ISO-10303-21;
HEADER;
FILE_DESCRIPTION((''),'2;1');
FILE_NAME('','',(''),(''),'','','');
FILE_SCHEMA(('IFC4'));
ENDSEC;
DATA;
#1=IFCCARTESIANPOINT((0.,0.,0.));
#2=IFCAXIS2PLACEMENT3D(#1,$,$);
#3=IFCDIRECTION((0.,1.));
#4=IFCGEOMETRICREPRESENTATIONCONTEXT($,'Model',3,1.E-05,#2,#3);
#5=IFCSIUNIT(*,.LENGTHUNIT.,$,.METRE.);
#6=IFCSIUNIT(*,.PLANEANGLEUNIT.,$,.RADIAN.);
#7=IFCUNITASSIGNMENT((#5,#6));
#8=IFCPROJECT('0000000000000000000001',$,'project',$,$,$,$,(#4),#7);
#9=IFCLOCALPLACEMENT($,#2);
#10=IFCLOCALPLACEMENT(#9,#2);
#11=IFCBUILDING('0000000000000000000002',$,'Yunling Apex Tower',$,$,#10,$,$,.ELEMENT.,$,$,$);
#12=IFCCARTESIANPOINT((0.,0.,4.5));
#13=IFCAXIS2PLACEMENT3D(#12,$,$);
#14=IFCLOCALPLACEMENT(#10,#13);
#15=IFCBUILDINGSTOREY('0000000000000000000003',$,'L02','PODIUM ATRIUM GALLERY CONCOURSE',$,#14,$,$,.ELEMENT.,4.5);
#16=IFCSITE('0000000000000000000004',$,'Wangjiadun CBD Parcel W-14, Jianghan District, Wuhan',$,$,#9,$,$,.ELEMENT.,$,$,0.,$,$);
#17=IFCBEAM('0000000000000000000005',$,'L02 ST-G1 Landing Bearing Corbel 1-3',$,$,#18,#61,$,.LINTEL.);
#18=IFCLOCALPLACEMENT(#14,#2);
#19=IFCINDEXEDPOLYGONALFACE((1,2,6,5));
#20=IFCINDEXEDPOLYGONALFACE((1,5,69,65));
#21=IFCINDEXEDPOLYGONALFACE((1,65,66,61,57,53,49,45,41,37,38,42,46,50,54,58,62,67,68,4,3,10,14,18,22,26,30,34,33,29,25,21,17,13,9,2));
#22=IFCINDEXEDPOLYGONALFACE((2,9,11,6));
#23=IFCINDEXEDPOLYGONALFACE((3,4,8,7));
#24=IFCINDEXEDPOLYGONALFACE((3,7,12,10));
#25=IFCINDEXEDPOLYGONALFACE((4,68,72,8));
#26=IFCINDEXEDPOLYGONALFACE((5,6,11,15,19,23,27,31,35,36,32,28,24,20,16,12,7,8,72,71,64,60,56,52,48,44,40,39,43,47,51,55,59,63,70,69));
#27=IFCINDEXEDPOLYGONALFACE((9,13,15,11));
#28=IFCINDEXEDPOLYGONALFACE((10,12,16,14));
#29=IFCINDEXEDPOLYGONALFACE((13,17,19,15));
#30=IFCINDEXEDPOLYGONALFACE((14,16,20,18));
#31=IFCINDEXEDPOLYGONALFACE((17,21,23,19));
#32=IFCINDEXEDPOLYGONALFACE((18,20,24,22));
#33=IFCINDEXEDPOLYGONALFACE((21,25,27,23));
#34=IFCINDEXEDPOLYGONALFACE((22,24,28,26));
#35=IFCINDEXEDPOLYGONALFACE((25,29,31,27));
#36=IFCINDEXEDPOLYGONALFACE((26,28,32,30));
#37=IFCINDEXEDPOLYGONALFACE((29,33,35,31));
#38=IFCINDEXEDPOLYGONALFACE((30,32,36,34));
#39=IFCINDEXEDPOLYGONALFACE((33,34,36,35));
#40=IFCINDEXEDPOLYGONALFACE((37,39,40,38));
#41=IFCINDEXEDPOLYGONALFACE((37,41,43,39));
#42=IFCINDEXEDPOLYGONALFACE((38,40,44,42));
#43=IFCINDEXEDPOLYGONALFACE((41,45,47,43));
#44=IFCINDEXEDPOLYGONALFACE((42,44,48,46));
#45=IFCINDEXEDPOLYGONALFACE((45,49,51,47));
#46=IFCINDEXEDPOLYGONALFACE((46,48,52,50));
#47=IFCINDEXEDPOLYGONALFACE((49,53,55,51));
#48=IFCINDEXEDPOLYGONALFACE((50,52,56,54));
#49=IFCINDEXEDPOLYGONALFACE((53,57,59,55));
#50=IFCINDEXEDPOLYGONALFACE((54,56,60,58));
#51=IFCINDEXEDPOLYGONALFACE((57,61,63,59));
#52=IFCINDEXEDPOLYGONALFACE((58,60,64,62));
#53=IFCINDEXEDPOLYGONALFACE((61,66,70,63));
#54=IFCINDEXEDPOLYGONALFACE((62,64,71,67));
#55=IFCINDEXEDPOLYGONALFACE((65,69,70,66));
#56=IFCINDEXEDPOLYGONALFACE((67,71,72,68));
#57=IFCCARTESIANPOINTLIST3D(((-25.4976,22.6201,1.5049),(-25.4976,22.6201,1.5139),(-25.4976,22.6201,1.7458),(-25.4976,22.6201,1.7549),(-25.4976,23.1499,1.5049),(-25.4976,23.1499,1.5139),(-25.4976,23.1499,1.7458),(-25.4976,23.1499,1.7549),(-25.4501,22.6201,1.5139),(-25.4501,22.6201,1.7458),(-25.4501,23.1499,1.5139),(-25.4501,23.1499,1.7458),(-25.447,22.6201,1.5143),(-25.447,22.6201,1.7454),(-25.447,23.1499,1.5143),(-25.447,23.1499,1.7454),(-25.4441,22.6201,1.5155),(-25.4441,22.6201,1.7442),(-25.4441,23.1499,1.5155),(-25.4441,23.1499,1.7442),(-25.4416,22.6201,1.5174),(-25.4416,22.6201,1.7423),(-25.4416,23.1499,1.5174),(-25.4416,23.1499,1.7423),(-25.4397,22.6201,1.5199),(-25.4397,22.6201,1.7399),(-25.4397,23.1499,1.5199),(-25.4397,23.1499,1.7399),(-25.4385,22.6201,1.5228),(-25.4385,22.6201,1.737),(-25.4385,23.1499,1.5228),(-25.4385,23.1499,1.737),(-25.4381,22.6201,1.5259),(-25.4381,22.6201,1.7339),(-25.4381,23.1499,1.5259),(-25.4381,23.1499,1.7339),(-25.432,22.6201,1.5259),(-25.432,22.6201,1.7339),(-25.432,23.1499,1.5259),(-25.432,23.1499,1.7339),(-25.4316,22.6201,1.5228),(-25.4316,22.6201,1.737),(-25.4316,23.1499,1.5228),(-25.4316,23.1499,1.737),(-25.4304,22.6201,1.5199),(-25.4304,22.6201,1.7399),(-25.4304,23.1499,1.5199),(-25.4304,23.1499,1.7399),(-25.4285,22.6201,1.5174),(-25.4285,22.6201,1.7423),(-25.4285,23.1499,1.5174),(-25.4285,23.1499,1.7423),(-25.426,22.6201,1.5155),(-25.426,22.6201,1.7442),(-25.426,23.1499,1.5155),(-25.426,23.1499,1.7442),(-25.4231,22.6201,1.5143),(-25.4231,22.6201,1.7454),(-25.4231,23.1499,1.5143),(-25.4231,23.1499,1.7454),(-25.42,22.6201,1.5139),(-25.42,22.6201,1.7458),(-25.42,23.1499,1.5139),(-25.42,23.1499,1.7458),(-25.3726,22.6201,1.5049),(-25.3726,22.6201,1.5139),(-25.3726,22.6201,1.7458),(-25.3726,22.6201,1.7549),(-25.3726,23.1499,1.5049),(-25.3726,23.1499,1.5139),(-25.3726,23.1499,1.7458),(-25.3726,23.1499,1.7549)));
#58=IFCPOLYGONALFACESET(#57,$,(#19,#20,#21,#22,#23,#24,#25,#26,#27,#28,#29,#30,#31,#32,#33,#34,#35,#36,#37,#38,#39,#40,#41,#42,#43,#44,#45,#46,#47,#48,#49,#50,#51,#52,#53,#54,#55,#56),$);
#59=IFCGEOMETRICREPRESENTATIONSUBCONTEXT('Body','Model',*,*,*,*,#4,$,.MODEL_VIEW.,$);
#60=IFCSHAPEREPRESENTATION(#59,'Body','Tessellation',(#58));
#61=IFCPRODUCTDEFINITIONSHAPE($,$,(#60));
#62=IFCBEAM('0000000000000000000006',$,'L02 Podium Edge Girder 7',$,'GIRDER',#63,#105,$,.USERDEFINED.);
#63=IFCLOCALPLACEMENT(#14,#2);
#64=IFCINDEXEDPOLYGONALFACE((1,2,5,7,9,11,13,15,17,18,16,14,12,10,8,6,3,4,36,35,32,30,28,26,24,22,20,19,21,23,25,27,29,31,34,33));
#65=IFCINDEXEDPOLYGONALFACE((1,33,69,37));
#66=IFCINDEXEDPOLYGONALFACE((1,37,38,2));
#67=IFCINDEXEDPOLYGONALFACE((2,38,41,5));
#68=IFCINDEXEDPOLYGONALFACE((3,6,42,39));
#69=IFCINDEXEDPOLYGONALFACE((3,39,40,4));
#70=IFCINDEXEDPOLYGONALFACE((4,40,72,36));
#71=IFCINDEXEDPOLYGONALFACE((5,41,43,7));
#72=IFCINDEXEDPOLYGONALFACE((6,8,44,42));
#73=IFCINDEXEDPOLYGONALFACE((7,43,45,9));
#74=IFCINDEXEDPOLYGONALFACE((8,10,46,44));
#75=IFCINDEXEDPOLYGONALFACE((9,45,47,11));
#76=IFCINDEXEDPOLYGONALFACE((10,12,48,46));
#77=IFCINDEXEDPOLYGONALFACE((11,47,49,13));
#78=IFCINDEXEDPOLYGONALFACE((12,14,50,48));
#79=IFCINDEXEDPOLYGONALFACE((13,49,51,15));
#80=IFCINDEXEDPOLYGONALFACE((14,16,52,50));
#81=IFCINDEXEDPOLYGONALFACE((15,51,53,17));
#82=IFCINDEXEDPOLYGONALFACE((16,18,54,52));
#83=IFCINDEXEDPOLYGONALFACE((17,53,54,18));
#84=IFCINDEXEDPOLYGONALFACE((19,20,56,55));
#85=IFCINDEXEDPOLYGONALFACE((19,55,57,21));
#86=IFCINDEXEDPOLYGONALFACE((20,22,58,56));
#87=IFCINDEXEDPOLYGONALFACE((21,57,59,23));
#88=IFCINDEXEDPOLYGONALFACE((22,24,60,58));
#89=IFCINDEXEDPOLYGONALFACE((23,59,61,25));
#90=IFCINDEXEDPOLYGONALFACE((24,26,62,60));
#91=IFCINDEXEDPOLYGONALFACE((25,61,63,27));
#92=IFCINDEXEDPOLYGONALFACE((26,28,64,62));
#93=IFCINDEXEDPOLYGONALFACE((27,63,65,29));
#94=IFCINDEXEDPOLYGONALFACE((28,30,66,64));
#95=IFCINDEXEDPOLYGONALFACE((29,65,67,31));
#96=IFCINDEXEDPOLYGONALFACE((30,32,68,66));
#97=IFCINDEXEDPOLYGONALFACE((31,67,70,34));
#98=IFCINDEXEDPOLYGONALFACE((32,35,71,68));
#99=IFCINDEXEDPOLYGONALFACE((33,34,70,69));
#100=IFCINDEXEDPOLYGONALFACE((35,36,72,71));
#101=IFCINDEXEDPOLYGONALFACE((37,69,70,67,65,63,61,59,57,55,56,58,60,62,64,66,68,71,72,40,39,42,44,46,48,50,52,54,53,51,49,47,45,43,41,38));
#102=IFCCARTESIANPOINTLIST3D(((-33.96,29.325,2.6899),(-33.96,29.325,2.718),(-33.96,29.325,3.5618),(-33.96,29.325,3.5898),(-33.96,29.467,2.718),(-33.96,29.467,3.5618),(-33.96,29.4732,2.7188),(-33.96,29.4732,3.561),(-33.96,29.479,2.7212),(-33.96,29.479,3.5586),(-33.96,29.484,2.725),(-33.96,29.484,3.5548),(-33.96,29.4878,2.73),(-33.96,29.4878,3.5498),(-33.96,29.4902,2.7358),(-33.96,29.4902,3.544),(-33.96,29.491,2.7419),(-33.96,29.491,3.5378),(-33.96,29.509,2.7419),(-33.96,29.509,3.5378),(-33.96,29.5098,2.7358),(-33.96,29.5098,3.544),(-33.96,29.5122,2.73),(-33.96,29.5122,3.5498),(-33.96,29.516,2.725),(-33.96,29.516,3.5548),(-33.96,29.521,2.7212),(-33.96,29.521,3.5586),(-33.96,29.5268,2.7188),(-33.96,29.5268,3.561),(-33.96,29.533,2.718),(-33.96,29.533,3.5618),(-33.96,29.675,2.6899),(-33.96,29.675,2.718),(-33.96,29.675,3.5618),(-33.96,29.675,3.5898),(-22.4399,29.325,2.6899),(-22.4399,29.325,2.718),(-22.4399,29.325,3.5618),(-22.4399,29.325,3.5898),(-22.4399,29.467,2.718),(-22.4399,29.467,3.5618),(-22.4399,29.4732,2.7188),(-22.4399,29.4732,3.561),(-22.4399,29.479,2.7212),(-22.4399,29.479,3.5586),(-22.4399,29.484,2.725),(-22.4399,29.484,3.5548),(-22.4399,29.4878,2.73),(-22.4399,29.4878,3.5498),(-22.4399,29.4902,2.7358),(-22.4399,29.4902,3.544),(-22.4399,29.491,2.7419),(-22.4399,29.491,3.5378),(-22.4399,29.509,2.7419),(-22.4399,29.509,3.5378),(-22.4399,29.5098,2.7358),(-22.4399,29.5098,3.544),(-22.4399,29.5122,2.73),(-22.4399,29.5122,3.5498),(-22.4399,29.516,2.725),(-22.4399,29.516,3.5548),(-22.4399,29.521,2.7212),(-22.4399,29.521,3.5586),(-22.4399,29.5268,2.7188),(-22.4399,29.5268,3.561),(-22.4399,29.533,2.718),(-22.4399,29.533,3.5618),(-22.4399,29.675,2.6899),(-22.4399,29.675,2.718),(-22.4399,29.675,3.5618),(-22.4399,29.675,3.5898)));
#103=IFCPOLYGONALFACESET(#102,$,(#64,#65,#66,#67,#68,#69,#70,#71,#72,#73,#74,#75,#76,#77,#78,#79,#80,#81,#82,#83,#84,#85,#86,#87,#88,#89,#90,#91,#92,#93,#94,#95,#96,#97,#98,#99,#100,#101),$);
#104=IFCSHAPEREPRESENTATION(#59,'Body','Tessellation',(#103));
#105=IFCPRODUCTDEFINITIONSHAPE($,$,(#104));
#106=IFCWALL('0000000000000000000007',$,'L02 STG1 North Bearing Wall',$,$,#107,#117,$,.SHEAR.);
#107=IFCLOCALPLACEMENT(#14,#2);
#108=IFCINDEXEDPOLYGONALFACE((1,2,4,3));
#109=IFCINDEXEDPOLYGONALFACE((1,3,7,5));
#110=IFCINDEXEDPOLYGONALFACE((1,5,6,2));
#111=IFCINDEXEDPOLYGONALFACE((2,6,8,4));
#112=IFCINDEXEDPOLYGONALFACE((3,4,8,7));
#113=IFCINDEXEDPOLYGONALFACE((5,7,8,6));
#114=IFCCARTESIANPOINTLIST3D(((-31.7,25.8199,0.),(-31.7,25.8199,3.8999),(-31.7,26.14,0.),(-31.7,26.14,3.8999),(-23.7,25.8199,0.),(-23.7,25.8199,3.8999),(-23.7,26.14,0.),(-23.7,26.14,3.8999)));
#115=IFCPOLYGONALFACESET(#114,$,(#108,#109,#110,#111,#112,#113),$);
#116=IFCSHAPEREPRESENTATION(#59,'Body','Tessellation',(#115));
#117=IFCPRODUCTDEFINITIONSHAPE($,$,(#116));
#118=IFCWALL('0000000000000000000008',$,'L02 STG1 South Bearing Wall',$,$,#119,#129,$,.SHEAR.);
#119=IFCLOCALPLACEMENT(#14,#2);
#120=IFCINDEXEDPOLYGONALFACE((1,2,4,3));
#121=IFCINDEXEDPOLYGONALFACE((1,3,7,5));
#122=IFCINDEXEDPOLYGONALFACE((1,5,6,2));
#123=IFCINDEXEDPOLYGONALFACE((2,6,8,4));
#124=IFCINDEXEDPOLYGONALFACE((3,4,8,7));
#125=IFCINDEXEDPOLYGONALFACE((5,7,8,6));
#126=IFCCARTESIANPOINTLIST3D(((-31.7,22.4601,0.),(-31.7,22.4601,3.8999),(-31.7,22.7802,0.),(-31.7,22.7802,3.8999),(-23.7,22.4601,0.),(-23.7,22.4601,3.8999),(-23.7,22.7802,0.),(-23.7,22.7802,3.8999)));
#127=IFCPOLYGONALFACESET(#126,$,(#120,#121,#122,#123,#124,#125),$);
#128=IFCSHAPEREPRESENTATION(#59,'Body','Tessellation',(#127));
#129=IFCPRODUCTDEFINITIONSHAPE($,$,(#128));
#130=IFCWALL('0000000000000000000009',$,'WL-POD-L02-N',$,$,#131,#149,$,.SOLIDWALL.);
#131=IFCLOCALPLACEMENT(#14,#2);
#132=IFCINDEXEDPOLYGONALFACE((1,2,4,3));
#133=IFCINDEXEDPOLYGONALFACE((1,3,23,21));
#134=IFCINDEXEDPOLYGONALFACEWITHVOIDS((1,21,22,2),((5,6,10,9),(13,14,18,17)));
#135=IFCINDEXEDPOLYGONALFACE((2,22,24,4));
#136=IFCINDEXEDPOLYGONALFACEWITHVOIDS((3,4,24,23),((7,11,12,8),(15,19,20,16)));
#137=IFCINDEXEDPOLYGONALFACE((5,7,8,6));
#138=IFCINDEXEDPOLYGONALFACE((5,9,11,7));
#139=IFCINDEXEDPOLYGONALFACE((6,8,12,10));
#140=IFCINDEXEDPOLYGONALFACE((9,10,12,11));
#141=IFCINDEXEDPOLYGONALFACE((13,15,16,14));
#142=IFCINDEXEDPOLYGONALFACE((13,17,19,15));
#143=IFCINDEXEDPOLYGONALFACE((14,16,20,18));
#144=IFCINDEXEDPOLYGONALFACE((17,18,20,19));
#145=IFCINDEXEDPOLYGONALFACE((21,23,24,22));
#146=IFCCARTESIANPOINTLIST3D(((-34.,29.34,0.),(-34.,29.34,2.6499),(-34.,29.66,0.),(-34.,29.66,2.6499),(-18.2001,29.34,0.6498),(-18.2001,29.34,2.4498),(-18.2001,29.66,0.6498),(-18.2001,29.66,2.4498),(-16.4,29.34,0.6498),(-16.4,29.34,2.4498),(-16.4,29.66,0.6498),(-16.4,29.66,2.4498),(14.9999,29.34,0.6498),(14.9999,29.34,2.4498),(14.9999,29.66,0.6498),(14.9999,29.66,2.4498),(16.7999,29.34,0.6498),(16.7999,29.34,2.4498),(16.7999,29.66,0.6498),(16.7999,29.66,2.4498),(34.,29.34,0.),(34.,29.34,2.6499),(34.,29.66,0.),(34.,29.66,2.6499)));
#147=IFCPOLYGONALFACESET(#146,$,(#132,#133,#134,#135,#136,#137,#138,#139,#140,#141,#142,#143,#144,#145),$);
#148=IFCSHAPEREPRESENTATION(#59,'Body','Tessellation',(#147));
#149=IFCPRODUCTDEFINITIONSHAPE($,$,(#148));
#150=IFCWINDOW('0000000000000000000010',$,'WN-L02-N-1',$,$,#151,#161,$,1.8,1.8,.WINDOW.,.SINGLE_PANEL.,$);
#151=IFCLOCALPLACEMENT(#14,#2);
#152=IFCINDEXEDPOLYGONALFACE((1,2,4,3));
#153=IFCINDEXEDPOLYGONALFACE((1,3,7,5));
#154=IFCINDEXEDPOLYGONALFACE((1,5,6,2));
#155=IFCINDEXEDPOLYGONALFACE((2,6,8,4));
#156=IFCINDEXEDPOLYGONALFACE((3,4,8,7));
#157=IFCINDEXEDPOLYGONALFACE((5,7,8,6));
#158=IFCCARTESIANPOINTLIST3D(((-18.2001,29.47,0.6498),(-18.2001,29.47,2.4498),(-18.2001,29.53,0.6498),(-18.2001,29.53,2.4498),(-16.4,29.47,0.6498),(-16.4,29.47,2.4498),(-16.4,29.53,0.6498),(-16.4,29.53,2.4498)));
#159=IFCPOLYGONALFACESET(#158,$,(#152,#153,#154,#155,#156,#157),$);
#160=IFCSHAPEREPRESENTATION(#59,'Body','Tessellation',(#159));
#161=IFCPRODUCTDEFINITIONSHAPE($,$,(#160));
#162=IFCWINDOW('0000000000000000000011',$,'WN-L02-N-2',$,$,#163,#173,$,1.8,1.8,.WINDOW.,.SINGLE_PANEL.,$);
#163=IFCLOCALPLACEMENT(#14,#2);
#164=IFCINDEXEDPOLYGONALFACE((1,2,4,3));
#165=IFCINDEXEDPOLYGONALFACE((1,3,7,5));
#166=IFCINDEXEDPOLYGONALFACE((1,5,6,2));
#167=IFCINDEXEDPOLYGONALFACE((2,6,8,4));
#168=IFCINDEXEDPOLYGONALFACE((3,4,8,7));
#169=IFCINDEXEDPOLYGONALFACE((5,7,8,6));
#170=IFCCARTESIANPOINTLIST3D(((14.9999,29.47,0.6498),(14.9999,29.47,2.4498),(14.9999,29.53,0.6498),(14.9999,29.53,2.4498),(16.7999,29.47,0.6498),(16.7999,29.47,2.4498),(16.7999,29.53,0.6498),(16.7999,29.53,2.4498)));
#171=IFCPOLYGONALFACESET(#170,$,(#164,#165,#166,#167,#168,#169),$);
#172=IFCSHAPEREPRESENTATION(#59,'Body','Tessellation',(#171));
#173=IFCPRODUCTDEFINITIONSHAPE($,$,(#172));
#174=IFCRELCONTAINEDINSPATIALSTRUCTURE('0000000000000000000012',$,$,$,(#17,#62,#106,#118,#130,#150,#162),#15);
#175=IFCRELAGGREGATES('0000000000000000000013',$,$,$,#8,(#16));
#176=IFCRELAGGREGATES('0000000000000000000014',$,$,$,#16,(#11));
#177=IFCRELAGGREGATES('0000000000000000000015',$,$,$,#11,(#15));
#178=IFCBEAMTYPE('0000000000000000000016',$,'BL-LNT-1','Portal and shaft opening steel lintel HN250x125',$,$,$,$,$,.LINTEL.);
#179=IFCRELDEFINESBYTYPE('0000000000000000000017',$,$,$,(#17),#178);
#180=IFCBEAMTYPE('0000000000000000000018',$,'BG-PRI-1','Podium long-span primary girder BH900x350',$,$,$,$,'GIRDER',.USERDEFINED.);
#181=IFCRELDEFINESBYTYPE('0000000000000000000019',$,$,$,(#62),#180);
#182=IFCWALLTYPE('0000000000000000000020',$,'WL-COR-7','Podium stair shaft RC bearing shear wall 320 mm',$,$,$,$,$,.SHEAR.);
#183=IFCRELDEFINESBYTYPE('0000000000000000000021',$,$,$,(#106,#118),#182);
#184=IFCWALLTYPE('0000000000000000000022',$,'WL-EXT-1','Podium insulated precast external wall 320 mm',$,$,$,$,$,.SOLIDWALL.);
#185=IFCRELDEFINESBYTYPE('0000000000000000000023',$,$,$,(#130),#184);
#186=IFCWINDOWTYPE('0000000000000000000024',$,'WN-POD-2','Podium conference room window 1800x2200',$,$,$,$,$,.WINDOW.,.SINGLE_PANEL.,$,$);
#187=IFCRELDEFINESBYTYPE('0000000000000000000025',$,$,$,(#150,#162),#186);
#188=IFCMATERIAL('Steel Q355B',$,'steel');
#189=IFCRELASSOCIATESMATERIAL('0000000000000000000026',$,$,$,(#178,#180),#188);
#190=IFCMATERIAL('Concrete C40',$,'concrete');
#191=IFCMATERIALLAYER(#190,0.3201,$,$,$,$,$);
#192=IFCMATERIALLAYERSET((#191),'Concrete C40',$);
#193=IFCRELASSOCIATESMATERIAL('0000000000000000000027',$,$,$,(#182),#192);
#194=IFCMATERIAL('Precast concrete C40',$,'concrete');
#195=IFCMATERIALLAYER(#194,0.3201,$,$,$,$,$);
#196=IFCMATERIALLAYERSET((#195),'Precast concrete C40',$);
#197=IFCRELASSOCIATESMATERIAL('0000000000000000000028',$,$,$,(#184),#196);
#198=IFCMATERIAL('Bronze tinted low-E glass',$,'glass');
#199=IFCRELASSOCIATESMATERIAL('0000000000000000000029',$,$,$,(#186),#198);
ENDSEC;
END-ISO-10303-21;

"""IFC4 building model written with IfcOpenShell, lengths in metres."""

from ifc_helpers import new_model, si_unit, direction, frame, frame_2d, origin, origin_2d, place, context, subcontext, project, spatial, rectangle, i_section, extrude, source, transform, mapped, material, layer, layer_set, material_profile, profile_set, type_object, element, fill, save


model = new_model("IFC4")

# Units and contexts
model_context = context("Model", 3, precision=1e-05, world=origin(), true_north=direction((0.0, 1.0)))
body_context = subcontext(model_context, "Body", "Model", "MODEL_VIEW")
ifc_project = project(units=[si_unit("LENGTHUNIT", "METRE"), si_unit("PLANEANGLEUNIT", "RADIAN")], contexts=[model_context])

# Site, building, storey
site_placement = place(None, origin())
site = spatial("IfcSite", under=ifc_project, at=site_placement, Name="Wangjiadun CBD Parcel W-14, Jianghan District, Wuhan", CompositionType="ELEMENT", RefElevation=0.0)
building_placement = place(site_placement, origin())
building = spatial("IfcBuilding", under=site, at=building_placement, Name="Yunling Apex Tower", CompositionType="ELEMENT")
storey_placement = place(building_placement, frame((0.0, 0.0, 4.5)))
storey = spatial("IfcBuildingStorey", under=building, at=storey_placement, Name="L02", Description="PODIUM ATRIUM GALLERY CONCOURSE", CompositionType="ELEMENT", Elevation=4.5)

# Beams
ifc_material_1 = material(Name="Steel Q355B", Category="steel")
ifc_material_profile_1 = material_profile(ifc_material_1, i_section(OverallWidth=0.125, OverallDepth=0.25, WebThickness=0.0061, FlangeThickness=0.009, FilletRadius=0.012, at=origin_2d()))
ifc_profile_set_1 = profile_set([ifc_material_profile_1], Name="Steel Q355B")
beam_type_1 = type_object("IfcBeamType", Name="BL-LNT-1", Description="Portal and shaft opening steel lintel HN250x125", PredefinedType="LINTEL", material=ifc_profile_set_1)
shared_shape_1 = source(origin(), body_context, "Body", "SweptSolid", [
    extrude(i_section(OverallWidth=0.125, OverallDepth=0.25, WebThickness=0.0061, FlangeThickness=0.009, FilletRadius=0.012, at=origin_2d()), origin(), (0.0, 0.0, 1.0), 0.5298),
])
beam_1_placement = place(storey_placement, frame((-25.4351, 22.6201, 1.6299), z_axis=(0.0, 1.0, 0.0), x_axis=(-1.0, 0.0, 0.0)))
element("IfcBeam", 1, at=beam_1_placement, inside=storey, type_object=beam_type_1, Name="L02 ST-G1 Landing Bearing Corbel 1-3", PredefinedType="LINTEL", context=body_context, shape_type="MappedRepresentation", body=[
    mapped(shared_shape_1, transform((0.0, 0.0, 0.0), scale=1.0)),
])
ifc_material_profile_2 = material_profile(ifc_material_1, i_section(OverallWidth=0.3501, OverallDepth=0.8999, WebThickness=0.0181, FlangeThickness=0.0281, FilletRadius=0.0239, at=origin_2d()))
ifc_profile_set_2 = profile_set([ifc_material_profile_2], Name="Steel Q355B")
beam_type_2 = type_object("IfcBeamType", Name="BG-PRI-1", Description="Podium long-span primary girder BH900x350", ElementType="GIRDER", PredefinedType="USERDEFINED", material=ifc_profile_set_2)
shared_shape_2 = source(origin(), body_context, "Body", "SweptSolid", [
    extrude(i_section(OverallWidth=0.3501, OverallDepth=0.8999, WebThickness=0.0181, FlangeThickness=0.0281, FilletRadius=0.0239, at=origin_2d()), origin(), (0.0, 0.0, 1.0), 11.52),
])
beam_2_placement = place(storey_placement, frame((-33.96, 29.5, 3.1399), z_axis=(1.0, 0.0, 0.0), x_axis=(0.0, 1.0, 0.0)))
element("IfcBeam", 2, at=beam_2_placement, inside=storey, type_object=beam_type_2, Name="L02 Podium Edge Girder 7", ObjectType="GIRDER", PredefinedType="USERDEFINED", context=body_context, shape_type="MappedRepresentation", body=[
    mapped(shared_shape_2, transform((0.0, 0.0, 0.0), scale=1.0)),
])

# Walls
ifc_material_2 = material(Name="Concrete C40", Category="concrete")
ifc_layer_1 = layer(ifc_material_2, 0.3201)
ifc_layer_set_1 = layer_set([ifc_layer_1], Name="Concrete C40")
wall_type_1 = type_object("IfcWallType", Name="WL-COR-7", Description="Podium stair shaft RC bearing shear wall 320 mm", PredefinedType="SHEAR", material=ifc_layer_set_1)
for number, where, z_axis, x_axis, name in (
    (3, (-31.7, 25.98, 0.0), (0.0, 0.0, 1.0), (1.0, 0.0, 0.0), "L02 STG1 North Bearing Wall"),
    (4, (-31.7, 22.6201, 0.0), (0.0, 0.0, 1.0), (1.0, 0.0, 0.0), "L02 STG1 South Bearing Wall"),
):
    element("IfcWall", number, at=place(storey_placement, frame(where, z_axis=z_axis, x_axis=x_axis)), inside=storey, type_object=wall_type_1, Name=name, PredefinedType="SHEAR", context=body_context, shape_type="SweptSolid", body=[
        extrude(rectangle(XDim=8.0, YDim=0.3201, at=frame_2d((4.0, 0.0))), origin(), (0.0, 0.0, 1.0), 3.8999),
    ])

# Wall, openings, windows
ifc_material_3 = material(Name="Precast concrete C40", Category="concrete")
ifc_layer_2 = layer(ifc_material_3, 0.3201)
ifc_layer_set_2 = layer_set([ifc_layer_2], Name="Precast concrete C40")
wall_type_2 = type_object("IfcWallType", Name="WL-EXT-1", Description="Podium insulated precast external wall 320 mm", PredefinedType="SOLIDWALL", material=ifc_layer_set_2)
wall_1_placement = place(storey_placement, frame((-34.0, 29.5, 0.0), z_axis=(0.0, 0.0, 1.0), x_axis=(1.0, 0.0, 0.0)))
wall_1 = element("IfcWall", 5, at=wall_1_placement, inside=storey, type_object=wall_type_2, Name="WL-POD-L02-N", PredefinedType="SOLIDWALL", context=body_context, shape_type="SweptSolid", body=[
    extrude(rectangle(XDim=68.0, YDim=0.3201, at=frame_2d((34.0, 0.0))), origin(), (0.0, 0.0, 1.0), 2.6499),
])
opening_1_placement = place(wall_1_placement, frame((15.8, 0.0, 0.6499)))
opening_1 = element("IfcOpeningElement", 6, at=opening_1_placement, cuts=wall_1, PredefinedType="OPENING", context=body_context, shape_type="SweptSolid", body=[
    extrude(rectangle(XDim=1.8, YDim=1.8, at=frame_2d((0.8999, 0.8999))), frame((0.0, 0.1699, 0.0), z_axis=(0.0, -1.0, 0.0), x_axis=(1.0, 0.0, 0.0)), (0.0, 0.0, 1.0), 0.3401),
])
opening_2_placement = place(wall_1_placement, frame((49.0, 0.0, 0.6499)))
opening_2 = element("IfcOpeningElement", 7, at=opening_2_placement, cuts=wall_1, PredefinedType="OPENING", context=body_context, shape_type="SweptSolid", body=[
    extrude(rectangle(XDim=1.8, YDim=1.8, at=frame_2d((0.8999, 0.8999))), frame((0.0, 0.1699, 0.0), z_axis=(0.0, -1.0, 0.0), x_axis=(1.0, 0.0, 0.0)), (0.0, 0.0, 1.0), 0.3401),
])
ifc_material_4 = material(Name="Bronze tinted low-E glass", Category="glass")
window_type = type_object("IfcWindowType", Name="WN-POD-2", Description="Podium conference room window 1800x2200", PartitioningType="SINGLE_PANEL", PredefinedType="WINDOW", material=ifc_material_4)
window_1_placement = place(opening_1_placement, origin())
window_1 = element("IfcWindow", 8, at=window_1_placement, inside=storey, type_object=window_type, Name="WN-L02-N-1", OverallHeight=1.8, OverallWidth=1.8, PartitioningType="SINGLE_PANEL", PredefinedType="WINDOW", context=body_context, shape_type="SweptSolid", body=[
    extrude(rectangle(XDim=1.8, YDim=1.8, at=frame_2d((0.8999, 0.8999))), frame((0.0, 0.03, 0.0), z_axis=(0.0, -1.0, 0.0), x_axis=(1.0, 0.0, 0.0)), (0.0, 0.0, 1.0), 0.0601),
])
fill(opening_1, window_1)
window_2_placement = place(opening_2_placement, origin())
window_2 = element("IfcWindow", 9, at=window_2_placement, inside=storey, type_object=window_type, Name="WN-L02-N-2", OverallHeight=1.8, OverallWidth=1.8, PartitioningType="SINGLE_PANEL", PredefinedType="WINDOW", context=body_context, shape_type="SweptSolid", body=[
    extrude(rectangle(XDim=1.8, YDim=1.8, at=frame_2d((0.8999, 0.8999))), frame((0.0, 0.03, 0.0), z_axis=(0.0, -1.0, 0.0), x_axis=(1.0, 0.0, 0.0)), (0.0, 0.0, 1.0), 0.0601),
])
fill(opening_2, window_2)

save(model, "model.ifc")
